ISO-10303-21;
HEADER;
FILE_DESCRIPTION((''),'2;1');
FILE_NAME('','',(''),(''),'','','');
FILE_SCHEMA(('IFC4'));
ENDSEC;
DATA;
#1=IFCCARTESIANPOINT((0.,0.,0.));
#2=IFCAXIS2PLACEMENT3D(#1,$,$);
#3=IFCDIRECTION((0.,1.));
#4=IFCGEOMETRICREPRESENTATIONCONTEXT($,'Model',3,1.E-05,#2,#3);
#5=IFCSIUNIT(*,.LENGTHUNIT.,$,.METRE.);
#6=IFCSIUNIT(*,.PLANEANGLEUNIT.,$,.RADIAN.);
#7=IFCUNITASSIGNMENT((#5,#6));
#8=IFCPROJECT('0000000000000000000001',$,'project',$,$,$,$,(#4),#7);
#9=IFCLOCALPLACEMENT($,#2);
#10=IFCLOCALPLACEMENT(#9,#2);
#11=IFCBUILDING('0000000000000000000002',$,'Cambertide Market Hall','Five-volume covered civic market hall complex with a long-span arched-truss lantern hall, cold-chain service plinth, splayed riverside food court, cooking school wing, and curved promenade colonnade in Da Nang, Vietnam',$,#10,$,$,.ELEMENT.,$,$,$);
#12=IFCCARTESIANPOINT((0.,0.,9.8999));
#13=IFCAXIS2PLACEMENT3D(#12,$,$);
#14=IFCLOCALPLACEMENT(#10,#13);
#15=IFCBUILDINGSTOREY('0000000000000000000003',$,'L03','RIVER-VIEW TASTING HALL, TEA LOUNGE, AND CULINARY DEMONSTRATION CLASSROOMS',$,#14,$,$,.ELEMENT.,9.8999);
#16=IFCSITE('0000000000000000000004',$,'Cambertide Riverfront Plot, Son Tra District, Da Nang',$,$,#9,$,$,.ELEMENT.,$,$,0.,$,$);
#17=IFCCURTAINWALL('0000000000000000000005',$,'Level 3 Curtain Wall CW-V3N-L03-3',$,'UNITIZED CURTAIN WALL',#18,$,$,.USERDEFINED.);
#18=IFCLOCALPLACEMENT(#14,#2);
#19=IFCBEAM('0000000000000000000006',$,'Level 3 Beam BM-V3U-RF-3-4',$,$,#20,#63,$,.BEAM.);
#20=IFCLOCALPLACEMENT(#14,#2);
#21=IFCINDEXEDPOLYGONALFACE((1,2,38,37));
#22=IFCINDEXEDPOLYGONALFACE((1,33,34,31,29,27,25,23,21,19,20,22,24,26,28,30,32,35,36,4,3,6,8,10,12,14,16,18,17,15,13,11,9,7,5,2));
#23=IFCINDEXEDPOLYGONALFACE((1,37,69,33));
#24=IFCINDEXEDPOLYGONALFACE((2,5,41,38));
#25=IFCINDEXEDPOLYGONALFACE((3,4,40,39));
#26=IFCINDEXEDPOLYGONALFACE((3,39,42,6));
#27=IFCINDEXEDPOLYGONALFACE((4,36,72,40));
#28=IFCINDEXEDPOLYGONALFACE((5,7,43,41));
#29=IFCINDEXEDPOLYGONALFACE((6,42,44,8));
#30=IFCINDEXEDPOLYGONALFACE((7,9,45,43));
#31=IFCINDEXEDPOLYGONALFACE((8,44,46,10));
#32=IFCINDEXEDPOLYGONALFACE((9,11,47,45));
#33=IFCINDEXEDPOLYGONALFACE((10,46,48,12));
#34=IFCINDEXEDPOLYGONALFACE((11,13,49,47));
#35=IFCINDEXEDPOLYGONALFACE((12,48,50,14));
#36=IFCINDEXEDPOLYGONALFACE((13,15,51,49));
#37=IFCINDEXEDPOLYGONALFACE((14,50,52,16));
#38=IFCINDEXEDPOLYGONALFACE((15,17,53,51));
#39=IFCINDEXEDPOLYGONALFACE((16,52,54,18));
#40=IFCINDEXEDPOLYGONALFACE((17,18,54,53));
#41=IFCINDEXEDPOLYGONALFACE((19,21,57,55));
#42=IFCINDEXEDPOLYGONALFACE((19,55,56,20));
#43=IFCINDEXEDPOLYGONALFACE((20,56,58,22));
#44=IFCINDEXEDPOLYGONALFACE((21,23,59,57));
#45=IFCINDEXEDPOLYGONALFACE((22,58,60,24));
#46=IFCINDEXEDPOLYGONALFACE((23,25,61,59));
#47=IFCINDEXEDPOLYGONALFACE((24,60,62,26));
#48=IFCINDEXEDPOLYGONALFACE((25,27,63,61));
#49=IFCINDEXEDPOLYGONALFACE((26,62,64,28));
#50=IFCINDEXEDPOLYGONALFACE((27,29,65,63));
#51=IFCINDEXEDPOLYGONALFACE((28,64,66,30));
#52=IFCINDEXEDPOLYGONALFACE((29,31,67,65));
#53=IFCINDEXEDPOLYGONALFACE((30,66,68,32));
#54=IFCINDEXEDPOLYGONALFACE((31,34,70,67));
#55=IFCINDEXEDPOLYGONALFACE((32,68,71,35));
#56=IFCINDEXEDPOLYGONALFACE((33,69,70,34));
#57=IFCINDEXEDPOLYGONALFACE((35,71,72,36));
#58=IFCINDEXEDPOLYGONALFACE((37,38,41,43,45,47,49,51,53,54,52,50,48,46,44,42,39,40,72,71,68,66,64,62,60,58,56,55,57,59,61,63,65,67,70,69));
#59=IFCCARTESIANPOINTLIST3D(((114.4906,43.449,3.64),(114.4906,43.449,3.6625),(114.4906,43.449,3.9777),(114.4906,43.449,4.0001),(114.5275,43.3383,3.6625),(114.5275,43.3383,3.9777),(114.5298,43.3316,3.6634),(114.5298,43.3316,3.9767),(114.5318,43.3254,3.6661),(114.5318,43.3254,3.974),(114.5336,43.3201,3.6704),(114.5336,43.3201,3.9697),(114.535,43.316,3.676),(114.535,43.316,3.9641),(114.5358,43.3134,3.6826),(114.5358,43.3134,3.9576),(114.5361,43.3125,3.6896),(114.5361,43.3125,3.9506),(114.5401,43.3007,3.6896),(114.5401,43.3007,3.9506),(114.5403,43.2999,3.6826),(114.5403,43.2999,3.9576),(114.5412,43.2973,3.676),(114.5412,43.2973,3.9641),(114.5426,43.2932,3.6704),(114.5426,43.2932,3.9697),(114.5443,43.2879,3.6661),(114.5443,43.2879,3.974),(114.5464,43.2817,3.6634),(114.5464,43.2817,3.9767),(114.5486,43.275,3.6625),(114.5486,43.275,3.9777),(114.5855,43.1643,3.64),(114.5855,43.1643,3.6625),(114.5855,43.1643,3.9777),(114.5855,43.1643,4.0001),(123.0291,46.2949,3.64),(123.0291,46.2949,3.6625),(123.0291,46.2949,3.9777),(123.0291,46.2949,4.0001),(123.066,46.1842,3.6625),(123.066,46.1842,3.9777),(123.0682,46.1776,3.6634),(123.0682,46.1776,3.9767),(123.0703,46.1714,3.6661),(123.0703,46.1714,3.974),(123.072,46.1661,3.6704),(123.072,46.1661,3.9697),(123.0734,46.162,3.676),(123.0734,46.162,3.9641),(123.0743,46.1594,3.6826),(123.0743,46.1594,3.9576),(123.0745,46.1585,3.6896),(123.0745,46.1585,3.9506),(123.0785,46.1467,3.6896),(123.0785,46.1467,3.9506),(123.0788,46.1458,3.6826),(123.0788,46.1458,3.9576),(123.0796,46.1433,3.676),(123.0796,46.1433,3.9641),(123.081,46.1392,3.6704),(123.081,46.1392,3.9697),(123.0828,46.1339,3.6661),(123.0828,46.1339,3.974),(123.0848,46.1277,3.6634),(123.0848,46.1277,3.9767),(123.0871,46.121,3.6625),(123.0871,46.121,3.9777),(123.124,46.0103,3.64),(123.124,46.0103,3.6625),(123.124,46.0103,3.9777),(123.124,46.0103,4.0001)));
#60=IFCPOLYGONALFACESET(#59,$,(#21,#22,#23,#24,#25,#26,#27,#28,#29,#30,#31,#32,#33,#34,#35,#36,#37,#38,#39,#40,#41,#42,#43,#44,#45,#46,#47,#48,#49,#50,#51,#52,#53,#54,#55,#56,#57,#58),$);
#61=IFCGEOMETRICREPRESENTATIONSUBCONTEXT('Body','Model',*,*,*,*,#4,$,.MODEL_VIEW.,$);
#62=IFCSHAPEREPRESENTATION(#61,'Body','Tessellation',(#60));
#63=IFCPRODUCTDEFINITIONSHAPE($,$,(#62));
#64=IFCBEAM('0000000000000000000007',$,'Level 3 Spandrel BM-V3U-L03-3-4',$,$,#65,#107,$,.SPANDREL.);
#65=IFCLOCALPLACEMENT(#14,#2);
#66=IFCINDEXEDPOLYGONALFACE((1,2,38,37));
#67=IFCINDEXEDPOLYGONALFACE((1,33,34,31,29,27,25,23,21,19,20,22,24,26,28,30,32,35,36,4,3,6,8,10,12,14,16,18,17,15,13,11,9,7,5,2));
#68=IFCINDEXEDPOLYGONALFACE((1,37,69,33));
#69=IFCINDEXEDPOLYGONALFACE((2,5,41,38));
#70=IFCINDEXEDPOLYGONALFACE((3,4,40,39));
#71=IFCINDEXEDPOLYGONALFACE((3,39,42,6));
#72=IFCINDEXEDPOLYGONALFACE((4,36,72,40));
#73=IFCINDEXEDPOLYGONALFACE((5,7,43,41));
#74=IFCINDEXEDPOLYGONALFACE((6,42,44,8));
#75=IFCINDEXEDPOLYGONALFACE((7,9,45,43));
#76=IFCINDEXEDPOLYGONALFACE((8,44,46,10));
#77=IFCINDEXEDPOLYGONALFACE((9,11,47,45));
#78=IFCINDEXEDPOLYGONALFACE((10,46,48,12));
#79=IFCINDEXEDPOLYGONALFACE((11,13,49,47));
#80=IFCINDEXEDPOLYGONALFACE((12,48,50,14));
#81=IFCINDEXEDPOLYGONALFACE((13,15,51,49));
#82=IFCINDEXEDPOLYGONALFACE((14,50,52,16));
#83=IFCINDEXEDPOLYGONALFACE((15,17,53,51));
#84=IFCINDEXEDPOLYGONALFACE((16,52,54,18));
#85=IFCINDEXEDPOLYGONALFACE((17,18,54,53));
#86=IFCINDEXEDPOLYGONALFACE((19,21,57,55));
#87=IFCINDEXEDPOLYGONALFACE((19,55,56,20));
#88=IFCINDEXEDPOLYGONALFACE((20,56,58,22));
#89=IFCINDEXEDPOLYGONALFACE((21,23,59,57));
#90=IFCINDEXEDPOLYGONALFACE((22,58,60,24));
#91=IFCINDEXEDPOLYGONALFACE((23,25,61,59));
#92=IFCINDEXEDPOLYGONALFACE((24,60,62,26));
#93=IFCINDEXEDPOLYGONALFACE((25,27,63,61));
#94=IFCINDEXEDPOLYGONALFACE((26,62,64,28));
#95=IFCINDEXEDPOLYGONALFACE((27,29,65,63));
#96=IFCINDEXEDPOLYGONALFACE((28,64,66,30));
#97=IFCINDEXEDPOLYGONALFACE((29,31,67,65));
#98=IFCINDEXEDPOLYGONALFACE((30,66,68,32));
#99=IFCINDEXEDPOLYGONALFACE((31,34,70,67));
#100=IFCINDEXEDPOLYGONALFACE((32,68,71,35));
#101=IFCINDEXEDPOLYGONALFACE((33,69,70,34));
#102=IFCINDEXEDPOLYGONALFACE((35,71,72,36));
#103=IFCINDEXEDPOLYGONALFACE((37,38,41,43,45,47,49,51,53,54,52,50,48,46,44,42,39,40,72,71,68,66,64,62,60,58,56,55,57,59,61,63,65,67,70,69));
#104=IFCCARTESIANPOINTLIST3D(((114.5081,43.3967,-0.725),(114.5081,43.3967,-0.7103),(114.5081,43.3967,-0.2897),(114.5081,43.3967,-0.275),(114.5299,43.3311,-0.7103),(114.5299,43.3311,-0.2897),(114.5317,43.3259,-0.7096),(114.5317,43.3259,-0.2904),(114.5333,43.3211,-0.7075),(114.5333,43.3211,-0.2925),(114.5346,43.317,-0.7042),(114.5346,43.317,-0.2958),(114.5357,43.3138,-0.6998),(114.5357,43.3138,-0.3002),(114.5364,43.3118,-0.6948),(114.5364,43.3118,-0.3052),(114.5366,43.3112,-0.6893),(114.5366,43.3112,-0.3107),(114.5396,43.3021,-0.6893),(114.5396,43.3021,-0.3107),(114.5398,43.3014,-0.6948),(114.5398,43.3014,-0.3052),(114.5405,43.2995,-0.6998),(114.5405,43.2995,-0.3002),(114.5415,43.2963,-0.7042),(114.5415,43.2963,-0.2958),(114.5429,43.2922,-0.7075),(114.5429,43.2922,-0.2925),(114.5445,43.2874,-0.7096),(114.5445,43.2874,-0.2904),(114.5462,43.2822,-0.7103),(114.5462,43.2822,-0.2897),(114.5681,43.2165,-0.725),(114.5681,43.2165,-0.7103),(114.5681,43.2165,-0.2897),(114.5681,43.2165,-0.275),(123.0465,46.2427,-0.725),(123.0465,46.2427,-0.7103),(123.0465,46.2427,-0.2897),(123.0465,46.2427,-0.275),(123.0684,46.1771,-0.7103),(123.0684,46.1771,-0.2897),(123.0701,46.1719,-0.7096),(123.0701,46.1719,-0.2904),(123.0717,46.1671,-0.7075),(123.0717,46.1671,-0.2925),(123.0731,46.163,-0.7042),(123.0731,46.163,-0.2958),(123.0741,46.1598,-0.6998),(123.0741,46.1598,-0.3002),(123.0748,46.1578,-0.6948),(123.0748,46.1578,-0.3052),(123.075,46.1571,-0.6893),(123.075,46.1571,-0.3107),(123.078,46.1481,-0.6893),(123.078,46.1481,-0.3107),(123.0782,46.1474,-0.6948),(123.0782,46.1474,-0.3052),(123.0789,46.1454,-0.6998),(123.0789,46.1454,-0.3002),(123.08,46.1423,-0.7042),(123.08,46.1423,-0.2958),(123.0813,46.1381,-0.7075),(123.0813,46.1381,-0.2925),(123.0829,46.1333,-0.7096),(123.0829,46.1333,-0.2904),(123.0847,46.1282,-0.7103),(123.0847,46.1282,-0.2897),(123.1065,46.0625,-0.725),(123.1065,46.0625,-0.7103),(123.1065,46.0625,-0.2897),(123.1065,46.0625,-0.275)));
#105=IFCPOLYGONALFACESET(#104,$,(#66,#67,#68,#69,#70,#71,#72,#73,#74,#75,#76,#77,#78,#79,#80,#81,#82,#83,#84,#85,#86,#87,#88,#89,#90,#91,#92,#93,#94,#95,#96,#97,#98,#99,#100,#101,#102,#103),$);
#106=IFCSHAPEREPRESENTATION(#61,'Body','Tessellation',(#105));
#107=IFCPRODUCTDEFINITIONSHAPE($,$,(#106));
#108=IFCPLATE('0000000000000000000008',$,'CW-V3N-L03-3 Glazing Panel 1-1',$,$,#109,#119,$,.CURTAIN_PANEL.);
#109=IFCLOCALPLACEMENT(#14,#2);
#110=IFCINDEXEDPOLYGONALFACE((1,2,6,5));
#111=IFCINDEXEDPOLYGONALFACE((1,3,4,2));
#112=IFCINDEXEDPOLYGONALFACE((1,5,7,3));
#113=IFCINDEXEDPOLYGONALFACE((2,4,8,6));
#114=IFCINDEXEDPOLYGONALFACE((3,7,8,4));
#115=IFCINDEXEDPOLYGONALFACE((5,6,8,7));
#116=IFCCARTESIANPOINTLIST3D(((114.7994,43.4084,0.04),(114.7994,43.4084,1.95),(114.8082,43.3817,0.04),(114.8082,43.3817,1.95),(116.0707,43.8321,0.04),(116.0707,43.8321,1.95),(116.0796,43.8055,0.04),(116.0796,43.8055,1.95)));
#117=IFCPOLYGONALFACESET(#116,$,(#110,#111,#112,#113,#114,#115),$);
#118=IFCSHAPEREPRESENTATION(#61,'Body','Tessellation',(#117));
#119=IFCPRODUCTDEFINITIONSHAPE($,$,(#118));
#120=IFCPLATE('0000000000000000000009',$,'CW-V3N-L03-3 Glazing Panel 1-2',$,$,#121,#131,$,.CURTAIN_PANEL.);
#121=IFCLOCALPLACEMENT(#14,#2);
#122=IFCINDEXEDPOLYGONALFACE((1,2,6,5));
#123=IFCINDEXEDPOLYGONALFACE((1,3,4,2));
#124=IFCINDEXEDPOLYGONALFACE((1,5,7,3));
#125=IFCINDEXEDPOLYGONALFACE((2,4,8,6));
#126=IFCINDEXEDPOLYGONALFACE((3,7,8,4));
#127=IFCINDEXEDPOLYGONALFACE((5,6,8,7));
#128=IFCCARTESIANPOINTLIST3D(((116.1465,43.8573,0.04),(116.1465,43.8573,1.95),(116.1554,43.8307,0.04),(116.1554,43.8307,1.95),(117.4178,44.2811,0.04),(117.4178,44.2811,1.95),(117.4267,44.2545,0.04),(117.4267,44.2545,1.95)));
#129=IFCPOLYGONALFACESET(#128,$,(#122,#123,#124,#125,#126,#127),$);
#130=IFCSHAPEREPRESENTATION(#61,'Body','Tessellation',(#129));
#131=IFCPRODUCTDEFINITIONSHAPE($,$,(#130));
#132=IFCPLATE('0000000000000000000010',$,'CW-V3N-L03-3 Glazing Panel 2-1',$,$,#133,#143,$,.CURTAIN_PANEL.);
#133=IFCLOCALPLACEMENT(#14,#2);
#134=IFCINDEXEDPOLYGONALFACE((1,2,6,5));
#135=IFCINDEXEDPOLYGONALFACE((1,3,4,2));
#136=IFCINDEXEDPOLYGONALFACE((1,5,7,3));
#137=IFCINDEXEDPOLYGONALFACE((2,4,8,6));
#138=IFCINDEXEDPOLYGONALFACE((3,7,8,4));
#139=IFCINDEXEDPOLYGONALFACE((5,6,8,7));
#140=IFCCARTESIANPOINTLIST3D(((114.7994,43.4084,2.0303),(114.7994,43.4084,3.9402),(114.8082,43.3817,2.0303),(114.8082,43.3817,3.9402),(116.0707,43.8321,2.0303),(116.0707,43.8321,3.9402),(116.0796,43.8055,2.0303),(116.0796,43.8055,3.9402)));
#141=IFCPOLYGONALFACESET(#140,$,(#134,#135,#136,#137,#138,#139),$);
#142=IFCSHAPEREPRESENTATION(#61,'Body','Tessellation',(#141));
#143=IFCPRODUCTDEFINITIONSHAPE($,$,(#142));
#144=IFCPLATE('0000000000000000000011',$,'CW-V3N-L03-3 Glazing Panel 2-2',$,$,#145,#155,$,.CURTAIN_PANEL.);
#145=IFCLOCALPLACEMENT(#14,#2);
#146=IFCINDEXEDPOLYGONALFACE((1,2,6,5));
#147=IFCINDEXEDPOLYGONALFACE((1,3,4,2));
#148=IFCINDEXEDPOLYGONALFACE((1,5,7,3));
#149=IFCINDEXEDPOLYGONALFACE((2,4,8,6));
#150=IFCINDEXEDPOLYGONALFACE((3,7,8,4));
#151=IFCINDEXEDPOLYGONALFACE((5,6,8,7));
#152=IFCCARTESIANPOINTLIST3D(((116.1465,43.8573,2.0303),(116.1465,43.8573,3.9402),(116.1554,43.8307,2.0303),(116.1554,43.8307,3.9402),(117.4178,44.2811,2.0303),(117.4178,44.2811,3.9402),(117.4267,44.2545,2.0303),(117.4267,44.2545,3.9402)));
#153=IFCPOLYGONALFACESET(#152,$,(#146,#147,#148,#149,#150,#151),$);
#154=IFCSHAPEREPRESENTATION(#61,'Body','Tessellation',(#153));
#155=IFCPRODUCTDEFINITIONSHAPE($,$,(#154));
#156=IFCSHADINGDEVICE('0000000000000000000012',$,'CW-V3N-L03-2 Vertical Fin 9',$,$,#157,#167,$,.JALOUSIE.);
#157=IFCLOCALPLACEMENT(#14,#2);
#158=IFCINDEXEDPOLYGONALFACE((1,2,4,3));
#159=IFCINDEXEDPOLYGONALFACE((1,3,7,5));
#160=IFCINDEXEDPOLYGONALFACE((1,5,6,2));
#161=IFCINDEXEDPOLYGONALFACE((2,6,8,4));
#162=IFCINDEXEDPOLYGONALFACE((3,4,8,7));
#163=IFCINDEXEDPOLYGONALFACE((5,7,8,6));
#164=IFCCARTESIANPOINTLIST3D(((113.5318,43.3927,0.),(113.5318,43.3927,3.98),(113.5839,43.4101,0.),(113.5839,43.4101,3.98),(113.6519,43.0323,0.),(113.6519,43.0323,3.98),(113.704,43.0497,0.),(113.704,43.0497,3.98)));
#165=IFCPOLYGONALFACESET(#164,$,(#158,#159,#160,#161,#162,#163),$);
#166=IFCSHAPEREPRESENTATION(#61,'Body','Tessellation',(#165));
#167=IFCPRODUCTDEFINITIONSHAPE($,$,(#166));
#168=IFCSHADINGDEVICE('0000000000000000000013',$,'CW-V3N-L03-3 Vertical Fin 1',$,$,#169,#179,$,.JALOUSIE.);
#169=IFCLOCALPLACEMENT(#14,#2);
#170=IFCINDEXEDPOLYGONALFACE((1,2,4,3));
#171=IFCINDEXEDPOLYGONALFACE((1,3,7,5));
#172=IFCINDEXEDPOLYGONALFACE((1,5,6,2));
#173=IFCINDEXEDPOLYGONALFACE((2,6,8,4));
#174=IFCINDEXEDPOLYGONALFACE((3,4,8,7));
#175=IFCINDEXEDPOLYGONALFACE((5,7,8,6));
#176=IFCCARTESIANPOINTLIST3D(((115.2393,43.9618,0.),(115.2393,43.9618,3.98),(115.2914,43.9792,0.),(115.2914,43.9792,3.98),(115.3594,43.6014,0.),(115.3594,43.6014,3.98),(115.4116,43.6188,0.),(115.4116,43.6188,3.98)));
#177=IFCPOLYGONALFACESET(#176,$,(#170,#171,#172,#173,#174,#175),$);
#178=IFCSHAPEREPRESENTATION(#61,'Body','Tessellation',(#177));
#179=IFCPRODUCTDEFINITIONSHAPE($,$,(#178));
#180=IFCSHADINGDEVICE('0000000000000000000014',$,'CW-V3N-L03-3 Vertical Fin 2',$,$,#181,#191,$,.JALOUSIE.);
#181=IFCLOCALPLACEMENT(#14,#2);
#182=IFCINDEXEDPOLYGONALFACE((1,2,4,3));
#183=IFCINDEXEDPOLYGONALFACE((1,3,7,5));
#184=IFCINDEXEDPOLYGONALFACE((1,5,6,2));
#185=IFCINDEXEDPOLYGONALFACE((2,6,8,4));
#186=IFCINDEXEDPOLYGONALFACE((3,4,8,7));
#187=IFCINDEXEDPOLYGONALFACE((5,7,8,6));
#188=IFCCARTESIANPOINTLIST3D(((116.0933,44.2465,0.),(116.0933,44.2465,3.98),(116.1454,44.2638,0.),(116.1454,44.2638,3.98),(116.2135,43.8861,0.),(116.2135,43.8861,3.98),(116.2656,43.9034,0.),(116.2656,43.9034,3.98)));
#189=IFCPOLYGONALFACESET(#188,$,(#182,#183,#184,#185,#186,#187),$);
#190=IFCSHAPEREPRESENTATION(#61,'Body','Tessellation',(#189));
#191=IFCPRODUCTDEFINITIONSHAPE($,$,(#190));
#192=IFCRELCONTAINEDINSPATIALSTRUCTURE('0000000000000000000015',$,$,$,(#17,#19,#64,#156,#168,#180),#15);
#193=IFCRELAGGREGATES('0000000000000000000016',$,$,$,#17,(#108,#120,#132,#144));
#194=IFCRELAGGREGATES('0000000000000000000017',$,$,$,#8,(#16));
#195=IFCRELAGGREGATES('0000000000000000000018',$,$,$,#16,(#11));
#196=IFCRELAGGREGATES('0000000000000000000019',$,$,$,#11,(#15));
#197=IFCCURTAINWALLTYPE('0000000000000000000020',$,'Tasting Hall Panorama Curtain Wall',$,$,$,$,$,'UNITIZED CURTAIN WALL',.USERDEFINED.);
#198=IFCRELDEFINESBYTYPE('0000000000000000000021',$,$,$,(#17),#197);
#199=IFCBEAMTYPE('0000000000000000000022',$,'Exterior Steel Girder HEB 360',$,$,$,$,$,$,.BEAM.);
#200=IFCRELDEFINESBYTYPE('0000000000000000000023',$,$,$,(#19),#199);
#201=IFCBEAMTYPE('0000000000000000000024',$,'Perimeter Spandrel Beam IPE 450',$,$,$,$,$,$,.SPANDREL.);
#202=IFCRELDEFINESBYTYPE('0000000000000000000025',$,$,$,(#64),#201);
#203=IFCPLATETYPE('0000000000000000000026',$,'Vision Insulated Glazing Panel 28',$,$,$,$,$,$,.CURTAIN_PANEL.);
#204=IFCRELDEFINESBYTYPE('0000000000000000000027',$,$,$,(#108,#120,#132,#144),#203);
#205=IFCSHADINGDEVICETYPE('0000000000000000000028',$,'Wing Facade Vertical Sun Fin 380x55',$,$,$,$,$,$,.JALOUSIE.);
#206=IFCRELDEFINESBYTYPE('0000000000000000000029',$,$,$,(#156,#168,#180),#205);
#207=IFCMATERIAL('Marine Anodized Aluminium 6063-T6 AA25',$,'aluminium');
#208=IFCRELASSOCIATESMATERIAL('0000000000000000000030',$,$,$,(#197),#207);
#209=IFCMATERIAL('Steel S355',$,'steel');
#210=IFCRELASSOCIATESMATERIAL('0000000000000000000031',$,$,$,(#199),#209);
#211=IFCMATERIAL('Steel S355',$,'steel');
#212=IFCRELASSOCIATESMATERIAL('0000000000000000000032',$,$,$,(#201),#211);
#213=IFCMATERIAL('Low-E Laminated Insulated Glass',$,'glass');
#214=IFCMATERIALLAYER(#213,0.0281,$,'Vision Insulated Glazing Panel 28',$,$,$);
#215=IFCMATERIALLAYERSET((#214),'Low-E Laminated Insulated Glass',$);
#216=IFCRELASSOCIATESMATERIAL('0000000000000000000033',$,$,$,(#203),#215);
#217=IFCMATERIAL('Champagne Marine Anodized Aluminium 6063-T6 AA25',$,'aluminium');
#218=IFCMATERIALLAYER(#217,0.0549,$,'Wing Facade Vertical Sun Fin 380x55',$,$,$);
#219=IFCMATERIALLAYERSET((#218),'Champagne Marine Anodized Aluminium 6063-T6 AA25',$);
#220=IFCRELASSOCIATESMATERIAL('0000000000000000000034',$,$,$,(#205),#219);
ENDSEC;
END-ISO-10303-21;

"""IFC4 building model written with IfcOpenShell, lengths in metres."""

from ifc_helpers import new_model, si_unit, direction, frame, origin, origin_2d, place, context, subcontext, project, spatial, rectangle, i_section, extrude, material, layer, layer_set, material_profile, profile_set, type_object, element, aggregate, save


model = new_model("IFC4")

# Units and contexts
model_context = context("Model", 3, precision=1e-05, world=origin(), true_north=direction((0.0, 1.0)))
body_context = subcontext(model_context, "Body", "Model", "MODEL_VIEW")
ifc_project = project(units=[si_unit("LENGTHUNIT", "METRE"), si_unit("PLANEANGLEUNIT", "RADIAN")], contexts=[model_context])

# Site, building, storey
site_placement = place(None, origin())
site = spatial("IfcSite", under=ifc_project, at=site_placement, Name="Cambertide Riverfront Plot, Son Tra District, Da Nang", CompositionType="ELEMENT", RefElevation=0.0)
building_placement = place(site_placement, origin())
building = spatial("IfcBuilding", under=site, at=building_placement, Name="Cambertide Market Hall", Description="Five-volume covered civic market hall complex with a long-span arched-truss lantern hall, cold-chain service plinth, splayed riverside food court, cooking school wing, and curved promenade colonnade in Da Nang, Vietnam", CompositionType="ELEMENT")
storey_placement = place(building_placement, frame((0.0, 0.0, 9.8999)))
storey = spatial("IfcBuildingStorey", under=building, at=storey_placement, Name="L03", Description="RIVER-VIEW TASTING HALL, TEA LOUNGE, AND CULINARY DEMONSTRATION CLASSROOMS", CompositionType="ELEMENT", Elevation=9.8999)

# Curtain wall
ifc_material_1 = material(Name="Marine Anodized Aluminium 6063-T6 AA25", Category="aluminium")
curtain_wall_type = type_object("IfcCurtainWallType", Name="Tasting Hall Panorama Curtain Wall", ElementType="UNITIZED CURTAIN WALL", PredefinedType="USERDEFINED", material=ifc_material_1)
curtain_wall_placement = place(storey_placement, origin())
curtain_wall = element("IfcCurtainWall", 1, at=curtain_wall_placement, inside=storey, type_object=curtain_wall_type, Name="Level 3 Curtain Wall CW-V3N-L03-3", ObjectType="UNITIZED CURTAIN WALL", PredefinedType="USERDEFINED")

# Beams
ifc_material_2 = material(Name="Steel S355", Category="steel")
ifc_material_profile_1 = material_profile(ifc_material_2, i_section(OverallWidth=0.3, OverallDepth=0.3601, WebThickness=0.0125, FlangeThickness=0.0225, FilletRadius=0.0271, at=origin_2d()), Name="HEB 360")
ifc_profile_set_1 = profile_set([ifc_material_profile_1], Name="Steel S355")
beam_type_1 = type_object("IfcBeamType", Name="Exterior Steel Girder HEB 360", PredefinedType="BEAM", material=ifc_profile_set_1)
beam_1_placement = place(storey_placement, frame((114.5381, 43.3066, 3.8201), z_axis=(0.948689, 0.316211, 0.0), x_axis=(-0.316211, 0.948689, 0.0)))
element("IfcBeam", 2, at=beam_1_placement, inside=storey, type_object=beam_type_1, Name="Level 3 Beam BM-V3U-RF-3-4", PredefinedType="BEAM", context=body_context, shape_type="SweptSolid", body=[
    extrude(i_section(OverallWidth=0.3, OverallDepth=0.3601, WebThickness=0.0125, FlangeThickness=0.0225, FilletRadius=0.0271, at=origin_2d()), origin(), (0.0, 0.0, 1.0), 9.0002),
])
ifc_material_3 = material(Name="Steel S355", Category="steel")
ifc_material_profile_2 = material_profile(ifc_material_3, i_section(OverallWidth=0.1899, OverallDepth=0.45, WebThickness=0.0095, FlangeThickness=0.0146, FilletRadius=0.021, at=origin_2d()), Name="IPE 450")
ifc_profile_set_2 = profile_set([ifc_material_profile_2], Name="Steel S355")
beam_type_2 = type_object("IfcBeamType", Name="Perimeter Spandrel Beam IPE 450", PredefinedType="SPANDREL", material=ifc_profile_set_2)
beam_2_placement = place(storey_placement, frame((114.5381, 43.3066, -0.5), z_axis=(0.948689, 0.316211, 0.0), x_axis=(-0.316211, 0.948689, 0.0)))
element("IfcBeam", 3, at=beam_2_placement, inside=storey, type_object=beam_type_2, Name="Level 3 Spandrel BM-V3U-L03-3-4", PredefinedType="SPANDREL", context=body_context, shape_type="SweptSolid", body=[
    extrude(i_section(OverallWidth=0.1899, OverallDepth=0.45, WebThickness=0.0095, FlangeThickness=0.0146, FilletRadius=0.021, at=origin_2d()), origin(), (0.0, 0.0, 1.0), 9.0002),
])

# Plates
ifc_material_4 = material(Name="Low-E Laminated Insulated Glass", Category="glass")
ifc_layer_1 = layer(ifc_material_4, 0.0281, Name="Vision Insulated Glazing Panel 28")
ifc_layer_set_1 = layer_set([ifc_layer_1], Name="Low-E Laminated Insulated Glass")
plate_type = type_object("IfcPlateType", Name="Vision Insulated Glazing Panel 28", PredefinedType="CURTAIN_PANEL", material=ifc_layer_set_1)
plate_1_placement = place(storey_placement, frame((115.4395, 43.6069, 0.04), z_axis=(0.0, 0.0, 1.0), x_axis=(0.948683, 0.316228, 0.0)))
plate_1 = element("IfcPlate", 4, at=plate_1_placement, type_object=plate_type, Name="CW-V3N-L03-3 Glazing Panel 1-1", PredefinedType="CURTAIN_PANEL", context=body_context, shape_type="SweptSolid", body=[
    extrude(rectangle(XDim=1.3401, YDim=0.0281, at=origin_2d()), origin(), (0.0, 0.0, 1.0), 1.9099),
])
plate_2_placement = place(storey_placement, frame((116.7866, 44.0559, 0.04), z_axis=(0.0, 0.0, 1.0), x_axis=(0.948683, 0.316228, 0.0)))
plate_2 = element("IfcPlate", 5, at=plate_2_placement, type_object=plate_type, Name="CW-V3N-L03-3 Glazing Panel 1-2", PredefinedType="CURTAIN_PANEL", context=body_context, shape_type="SweptSolid", body=[
    extrude(rectangle(XDim=1.3401, YDim=0.0281, at=origin_2d()), origin(), (0.0, 0.0, 1.0), 1.9099),
])
plate_3_placement = place(storey_placement, frame((115.4395, 43.6069, 2.0303), z_axis=(0.0, 0.0, 1.0), x_axis=(0.948683, 0.316228, 0.0)))
plate_3 = element("IfcPlate", 6, at=plate_3_placement, type_object=plate_type, Name="CW-V3N-L03-3 Glazing Panel 2-1", PredefinedType="CURTAIN_PANEL", context=body_context, shape_type="SweptSolid", body=[
    extrude(rectangle(XDim=1.3401, YDim=0.0281, at=origin_2d()), origin(), (0.0, 0.0, 1.0), 1.9099),
])
plate_4_placement = place(storey_placement, frame((116.7866, 44.0559, 2.0303), z_axis=(0.0, 0.0, 1.0), x_axis=(0.948683, 0.316228, 0.0)))
plate_4 = element("IfcPlate", 7, at=plate_4_placement, type_object=plate_type, Name="CW-V3N-L03-3 Glazing Panel 2-2", PredefinedType="CURTAIN_PANEL", context=body_context, shape_type="SweptSolid", body=[
    extrude(rectangle(XDim=1.3401, YDim=0.0281, at=origin_2d()), origin(), (0.0, 0.0, 1.0), 1.9099),
])
aggregate(curtain_wall, [plate_1, plate_2, plate_3, plate_4])

# Shading devices
ifc_material_5 = material(Name="Champagne Marine Anodized Aluminium 6063-T6 AA25", Category="aluminium")
ifc_layer_2 = layer(ifc_material_5, 0.0549, Name="Wing Facade Vertical Sun Fin 380x55")
ifc_layer_set_2 = layer_set([ifc_layer_2], Name="Champagne Marine Anodized Aluminium 6063-T6 AA25")
shading_device_type = type_object("IfcShadingDeviceType", Name="Wing Facade Vertical Sun Fin 380x55", PredefinedType="JALOUSIE", material=ifc_layer_set_2)
for number, where, z_axis, x_axis, name in (
    (8, (113.6179, 43.2212, 0.0), (0.0, 0.0, 1.0), (0.948683, 0.316228, 0.0), "CW-V3N-L03-2 Vertical Fin 9"),
    (9, (115.3254, 43.7903, 0.0), (0.0, 0.0, 1.0), (0.948683, 0.316228, 0.0), "CW-V3N-L03-3 Vertical Fin 1"),
    (10, (116.1794, 44.075, 0.0), (0.0, 0.0, 1.0), (0.948683, 0.316228, 0.0), "CW-V3N-L03-3 Vertical Fin 2"),
):
    element("IfcShadingDevice", number, at=place(storey_placement, frame(where, z_axis=z_axis, x_axis=x_axis)), inside=storey, type_object=shading_device_type, Name=name, PredefinedType="JALOUSIE", context=body_context, shape_type="SweptSolid", body=[
        extrude(rectangle(XDim=0.0549, YDim=0.3799, at=origin_2d()), origin(), (0.0, 0.0, 1.0), 3.98),
    ])

save(model, "model.ifc")
